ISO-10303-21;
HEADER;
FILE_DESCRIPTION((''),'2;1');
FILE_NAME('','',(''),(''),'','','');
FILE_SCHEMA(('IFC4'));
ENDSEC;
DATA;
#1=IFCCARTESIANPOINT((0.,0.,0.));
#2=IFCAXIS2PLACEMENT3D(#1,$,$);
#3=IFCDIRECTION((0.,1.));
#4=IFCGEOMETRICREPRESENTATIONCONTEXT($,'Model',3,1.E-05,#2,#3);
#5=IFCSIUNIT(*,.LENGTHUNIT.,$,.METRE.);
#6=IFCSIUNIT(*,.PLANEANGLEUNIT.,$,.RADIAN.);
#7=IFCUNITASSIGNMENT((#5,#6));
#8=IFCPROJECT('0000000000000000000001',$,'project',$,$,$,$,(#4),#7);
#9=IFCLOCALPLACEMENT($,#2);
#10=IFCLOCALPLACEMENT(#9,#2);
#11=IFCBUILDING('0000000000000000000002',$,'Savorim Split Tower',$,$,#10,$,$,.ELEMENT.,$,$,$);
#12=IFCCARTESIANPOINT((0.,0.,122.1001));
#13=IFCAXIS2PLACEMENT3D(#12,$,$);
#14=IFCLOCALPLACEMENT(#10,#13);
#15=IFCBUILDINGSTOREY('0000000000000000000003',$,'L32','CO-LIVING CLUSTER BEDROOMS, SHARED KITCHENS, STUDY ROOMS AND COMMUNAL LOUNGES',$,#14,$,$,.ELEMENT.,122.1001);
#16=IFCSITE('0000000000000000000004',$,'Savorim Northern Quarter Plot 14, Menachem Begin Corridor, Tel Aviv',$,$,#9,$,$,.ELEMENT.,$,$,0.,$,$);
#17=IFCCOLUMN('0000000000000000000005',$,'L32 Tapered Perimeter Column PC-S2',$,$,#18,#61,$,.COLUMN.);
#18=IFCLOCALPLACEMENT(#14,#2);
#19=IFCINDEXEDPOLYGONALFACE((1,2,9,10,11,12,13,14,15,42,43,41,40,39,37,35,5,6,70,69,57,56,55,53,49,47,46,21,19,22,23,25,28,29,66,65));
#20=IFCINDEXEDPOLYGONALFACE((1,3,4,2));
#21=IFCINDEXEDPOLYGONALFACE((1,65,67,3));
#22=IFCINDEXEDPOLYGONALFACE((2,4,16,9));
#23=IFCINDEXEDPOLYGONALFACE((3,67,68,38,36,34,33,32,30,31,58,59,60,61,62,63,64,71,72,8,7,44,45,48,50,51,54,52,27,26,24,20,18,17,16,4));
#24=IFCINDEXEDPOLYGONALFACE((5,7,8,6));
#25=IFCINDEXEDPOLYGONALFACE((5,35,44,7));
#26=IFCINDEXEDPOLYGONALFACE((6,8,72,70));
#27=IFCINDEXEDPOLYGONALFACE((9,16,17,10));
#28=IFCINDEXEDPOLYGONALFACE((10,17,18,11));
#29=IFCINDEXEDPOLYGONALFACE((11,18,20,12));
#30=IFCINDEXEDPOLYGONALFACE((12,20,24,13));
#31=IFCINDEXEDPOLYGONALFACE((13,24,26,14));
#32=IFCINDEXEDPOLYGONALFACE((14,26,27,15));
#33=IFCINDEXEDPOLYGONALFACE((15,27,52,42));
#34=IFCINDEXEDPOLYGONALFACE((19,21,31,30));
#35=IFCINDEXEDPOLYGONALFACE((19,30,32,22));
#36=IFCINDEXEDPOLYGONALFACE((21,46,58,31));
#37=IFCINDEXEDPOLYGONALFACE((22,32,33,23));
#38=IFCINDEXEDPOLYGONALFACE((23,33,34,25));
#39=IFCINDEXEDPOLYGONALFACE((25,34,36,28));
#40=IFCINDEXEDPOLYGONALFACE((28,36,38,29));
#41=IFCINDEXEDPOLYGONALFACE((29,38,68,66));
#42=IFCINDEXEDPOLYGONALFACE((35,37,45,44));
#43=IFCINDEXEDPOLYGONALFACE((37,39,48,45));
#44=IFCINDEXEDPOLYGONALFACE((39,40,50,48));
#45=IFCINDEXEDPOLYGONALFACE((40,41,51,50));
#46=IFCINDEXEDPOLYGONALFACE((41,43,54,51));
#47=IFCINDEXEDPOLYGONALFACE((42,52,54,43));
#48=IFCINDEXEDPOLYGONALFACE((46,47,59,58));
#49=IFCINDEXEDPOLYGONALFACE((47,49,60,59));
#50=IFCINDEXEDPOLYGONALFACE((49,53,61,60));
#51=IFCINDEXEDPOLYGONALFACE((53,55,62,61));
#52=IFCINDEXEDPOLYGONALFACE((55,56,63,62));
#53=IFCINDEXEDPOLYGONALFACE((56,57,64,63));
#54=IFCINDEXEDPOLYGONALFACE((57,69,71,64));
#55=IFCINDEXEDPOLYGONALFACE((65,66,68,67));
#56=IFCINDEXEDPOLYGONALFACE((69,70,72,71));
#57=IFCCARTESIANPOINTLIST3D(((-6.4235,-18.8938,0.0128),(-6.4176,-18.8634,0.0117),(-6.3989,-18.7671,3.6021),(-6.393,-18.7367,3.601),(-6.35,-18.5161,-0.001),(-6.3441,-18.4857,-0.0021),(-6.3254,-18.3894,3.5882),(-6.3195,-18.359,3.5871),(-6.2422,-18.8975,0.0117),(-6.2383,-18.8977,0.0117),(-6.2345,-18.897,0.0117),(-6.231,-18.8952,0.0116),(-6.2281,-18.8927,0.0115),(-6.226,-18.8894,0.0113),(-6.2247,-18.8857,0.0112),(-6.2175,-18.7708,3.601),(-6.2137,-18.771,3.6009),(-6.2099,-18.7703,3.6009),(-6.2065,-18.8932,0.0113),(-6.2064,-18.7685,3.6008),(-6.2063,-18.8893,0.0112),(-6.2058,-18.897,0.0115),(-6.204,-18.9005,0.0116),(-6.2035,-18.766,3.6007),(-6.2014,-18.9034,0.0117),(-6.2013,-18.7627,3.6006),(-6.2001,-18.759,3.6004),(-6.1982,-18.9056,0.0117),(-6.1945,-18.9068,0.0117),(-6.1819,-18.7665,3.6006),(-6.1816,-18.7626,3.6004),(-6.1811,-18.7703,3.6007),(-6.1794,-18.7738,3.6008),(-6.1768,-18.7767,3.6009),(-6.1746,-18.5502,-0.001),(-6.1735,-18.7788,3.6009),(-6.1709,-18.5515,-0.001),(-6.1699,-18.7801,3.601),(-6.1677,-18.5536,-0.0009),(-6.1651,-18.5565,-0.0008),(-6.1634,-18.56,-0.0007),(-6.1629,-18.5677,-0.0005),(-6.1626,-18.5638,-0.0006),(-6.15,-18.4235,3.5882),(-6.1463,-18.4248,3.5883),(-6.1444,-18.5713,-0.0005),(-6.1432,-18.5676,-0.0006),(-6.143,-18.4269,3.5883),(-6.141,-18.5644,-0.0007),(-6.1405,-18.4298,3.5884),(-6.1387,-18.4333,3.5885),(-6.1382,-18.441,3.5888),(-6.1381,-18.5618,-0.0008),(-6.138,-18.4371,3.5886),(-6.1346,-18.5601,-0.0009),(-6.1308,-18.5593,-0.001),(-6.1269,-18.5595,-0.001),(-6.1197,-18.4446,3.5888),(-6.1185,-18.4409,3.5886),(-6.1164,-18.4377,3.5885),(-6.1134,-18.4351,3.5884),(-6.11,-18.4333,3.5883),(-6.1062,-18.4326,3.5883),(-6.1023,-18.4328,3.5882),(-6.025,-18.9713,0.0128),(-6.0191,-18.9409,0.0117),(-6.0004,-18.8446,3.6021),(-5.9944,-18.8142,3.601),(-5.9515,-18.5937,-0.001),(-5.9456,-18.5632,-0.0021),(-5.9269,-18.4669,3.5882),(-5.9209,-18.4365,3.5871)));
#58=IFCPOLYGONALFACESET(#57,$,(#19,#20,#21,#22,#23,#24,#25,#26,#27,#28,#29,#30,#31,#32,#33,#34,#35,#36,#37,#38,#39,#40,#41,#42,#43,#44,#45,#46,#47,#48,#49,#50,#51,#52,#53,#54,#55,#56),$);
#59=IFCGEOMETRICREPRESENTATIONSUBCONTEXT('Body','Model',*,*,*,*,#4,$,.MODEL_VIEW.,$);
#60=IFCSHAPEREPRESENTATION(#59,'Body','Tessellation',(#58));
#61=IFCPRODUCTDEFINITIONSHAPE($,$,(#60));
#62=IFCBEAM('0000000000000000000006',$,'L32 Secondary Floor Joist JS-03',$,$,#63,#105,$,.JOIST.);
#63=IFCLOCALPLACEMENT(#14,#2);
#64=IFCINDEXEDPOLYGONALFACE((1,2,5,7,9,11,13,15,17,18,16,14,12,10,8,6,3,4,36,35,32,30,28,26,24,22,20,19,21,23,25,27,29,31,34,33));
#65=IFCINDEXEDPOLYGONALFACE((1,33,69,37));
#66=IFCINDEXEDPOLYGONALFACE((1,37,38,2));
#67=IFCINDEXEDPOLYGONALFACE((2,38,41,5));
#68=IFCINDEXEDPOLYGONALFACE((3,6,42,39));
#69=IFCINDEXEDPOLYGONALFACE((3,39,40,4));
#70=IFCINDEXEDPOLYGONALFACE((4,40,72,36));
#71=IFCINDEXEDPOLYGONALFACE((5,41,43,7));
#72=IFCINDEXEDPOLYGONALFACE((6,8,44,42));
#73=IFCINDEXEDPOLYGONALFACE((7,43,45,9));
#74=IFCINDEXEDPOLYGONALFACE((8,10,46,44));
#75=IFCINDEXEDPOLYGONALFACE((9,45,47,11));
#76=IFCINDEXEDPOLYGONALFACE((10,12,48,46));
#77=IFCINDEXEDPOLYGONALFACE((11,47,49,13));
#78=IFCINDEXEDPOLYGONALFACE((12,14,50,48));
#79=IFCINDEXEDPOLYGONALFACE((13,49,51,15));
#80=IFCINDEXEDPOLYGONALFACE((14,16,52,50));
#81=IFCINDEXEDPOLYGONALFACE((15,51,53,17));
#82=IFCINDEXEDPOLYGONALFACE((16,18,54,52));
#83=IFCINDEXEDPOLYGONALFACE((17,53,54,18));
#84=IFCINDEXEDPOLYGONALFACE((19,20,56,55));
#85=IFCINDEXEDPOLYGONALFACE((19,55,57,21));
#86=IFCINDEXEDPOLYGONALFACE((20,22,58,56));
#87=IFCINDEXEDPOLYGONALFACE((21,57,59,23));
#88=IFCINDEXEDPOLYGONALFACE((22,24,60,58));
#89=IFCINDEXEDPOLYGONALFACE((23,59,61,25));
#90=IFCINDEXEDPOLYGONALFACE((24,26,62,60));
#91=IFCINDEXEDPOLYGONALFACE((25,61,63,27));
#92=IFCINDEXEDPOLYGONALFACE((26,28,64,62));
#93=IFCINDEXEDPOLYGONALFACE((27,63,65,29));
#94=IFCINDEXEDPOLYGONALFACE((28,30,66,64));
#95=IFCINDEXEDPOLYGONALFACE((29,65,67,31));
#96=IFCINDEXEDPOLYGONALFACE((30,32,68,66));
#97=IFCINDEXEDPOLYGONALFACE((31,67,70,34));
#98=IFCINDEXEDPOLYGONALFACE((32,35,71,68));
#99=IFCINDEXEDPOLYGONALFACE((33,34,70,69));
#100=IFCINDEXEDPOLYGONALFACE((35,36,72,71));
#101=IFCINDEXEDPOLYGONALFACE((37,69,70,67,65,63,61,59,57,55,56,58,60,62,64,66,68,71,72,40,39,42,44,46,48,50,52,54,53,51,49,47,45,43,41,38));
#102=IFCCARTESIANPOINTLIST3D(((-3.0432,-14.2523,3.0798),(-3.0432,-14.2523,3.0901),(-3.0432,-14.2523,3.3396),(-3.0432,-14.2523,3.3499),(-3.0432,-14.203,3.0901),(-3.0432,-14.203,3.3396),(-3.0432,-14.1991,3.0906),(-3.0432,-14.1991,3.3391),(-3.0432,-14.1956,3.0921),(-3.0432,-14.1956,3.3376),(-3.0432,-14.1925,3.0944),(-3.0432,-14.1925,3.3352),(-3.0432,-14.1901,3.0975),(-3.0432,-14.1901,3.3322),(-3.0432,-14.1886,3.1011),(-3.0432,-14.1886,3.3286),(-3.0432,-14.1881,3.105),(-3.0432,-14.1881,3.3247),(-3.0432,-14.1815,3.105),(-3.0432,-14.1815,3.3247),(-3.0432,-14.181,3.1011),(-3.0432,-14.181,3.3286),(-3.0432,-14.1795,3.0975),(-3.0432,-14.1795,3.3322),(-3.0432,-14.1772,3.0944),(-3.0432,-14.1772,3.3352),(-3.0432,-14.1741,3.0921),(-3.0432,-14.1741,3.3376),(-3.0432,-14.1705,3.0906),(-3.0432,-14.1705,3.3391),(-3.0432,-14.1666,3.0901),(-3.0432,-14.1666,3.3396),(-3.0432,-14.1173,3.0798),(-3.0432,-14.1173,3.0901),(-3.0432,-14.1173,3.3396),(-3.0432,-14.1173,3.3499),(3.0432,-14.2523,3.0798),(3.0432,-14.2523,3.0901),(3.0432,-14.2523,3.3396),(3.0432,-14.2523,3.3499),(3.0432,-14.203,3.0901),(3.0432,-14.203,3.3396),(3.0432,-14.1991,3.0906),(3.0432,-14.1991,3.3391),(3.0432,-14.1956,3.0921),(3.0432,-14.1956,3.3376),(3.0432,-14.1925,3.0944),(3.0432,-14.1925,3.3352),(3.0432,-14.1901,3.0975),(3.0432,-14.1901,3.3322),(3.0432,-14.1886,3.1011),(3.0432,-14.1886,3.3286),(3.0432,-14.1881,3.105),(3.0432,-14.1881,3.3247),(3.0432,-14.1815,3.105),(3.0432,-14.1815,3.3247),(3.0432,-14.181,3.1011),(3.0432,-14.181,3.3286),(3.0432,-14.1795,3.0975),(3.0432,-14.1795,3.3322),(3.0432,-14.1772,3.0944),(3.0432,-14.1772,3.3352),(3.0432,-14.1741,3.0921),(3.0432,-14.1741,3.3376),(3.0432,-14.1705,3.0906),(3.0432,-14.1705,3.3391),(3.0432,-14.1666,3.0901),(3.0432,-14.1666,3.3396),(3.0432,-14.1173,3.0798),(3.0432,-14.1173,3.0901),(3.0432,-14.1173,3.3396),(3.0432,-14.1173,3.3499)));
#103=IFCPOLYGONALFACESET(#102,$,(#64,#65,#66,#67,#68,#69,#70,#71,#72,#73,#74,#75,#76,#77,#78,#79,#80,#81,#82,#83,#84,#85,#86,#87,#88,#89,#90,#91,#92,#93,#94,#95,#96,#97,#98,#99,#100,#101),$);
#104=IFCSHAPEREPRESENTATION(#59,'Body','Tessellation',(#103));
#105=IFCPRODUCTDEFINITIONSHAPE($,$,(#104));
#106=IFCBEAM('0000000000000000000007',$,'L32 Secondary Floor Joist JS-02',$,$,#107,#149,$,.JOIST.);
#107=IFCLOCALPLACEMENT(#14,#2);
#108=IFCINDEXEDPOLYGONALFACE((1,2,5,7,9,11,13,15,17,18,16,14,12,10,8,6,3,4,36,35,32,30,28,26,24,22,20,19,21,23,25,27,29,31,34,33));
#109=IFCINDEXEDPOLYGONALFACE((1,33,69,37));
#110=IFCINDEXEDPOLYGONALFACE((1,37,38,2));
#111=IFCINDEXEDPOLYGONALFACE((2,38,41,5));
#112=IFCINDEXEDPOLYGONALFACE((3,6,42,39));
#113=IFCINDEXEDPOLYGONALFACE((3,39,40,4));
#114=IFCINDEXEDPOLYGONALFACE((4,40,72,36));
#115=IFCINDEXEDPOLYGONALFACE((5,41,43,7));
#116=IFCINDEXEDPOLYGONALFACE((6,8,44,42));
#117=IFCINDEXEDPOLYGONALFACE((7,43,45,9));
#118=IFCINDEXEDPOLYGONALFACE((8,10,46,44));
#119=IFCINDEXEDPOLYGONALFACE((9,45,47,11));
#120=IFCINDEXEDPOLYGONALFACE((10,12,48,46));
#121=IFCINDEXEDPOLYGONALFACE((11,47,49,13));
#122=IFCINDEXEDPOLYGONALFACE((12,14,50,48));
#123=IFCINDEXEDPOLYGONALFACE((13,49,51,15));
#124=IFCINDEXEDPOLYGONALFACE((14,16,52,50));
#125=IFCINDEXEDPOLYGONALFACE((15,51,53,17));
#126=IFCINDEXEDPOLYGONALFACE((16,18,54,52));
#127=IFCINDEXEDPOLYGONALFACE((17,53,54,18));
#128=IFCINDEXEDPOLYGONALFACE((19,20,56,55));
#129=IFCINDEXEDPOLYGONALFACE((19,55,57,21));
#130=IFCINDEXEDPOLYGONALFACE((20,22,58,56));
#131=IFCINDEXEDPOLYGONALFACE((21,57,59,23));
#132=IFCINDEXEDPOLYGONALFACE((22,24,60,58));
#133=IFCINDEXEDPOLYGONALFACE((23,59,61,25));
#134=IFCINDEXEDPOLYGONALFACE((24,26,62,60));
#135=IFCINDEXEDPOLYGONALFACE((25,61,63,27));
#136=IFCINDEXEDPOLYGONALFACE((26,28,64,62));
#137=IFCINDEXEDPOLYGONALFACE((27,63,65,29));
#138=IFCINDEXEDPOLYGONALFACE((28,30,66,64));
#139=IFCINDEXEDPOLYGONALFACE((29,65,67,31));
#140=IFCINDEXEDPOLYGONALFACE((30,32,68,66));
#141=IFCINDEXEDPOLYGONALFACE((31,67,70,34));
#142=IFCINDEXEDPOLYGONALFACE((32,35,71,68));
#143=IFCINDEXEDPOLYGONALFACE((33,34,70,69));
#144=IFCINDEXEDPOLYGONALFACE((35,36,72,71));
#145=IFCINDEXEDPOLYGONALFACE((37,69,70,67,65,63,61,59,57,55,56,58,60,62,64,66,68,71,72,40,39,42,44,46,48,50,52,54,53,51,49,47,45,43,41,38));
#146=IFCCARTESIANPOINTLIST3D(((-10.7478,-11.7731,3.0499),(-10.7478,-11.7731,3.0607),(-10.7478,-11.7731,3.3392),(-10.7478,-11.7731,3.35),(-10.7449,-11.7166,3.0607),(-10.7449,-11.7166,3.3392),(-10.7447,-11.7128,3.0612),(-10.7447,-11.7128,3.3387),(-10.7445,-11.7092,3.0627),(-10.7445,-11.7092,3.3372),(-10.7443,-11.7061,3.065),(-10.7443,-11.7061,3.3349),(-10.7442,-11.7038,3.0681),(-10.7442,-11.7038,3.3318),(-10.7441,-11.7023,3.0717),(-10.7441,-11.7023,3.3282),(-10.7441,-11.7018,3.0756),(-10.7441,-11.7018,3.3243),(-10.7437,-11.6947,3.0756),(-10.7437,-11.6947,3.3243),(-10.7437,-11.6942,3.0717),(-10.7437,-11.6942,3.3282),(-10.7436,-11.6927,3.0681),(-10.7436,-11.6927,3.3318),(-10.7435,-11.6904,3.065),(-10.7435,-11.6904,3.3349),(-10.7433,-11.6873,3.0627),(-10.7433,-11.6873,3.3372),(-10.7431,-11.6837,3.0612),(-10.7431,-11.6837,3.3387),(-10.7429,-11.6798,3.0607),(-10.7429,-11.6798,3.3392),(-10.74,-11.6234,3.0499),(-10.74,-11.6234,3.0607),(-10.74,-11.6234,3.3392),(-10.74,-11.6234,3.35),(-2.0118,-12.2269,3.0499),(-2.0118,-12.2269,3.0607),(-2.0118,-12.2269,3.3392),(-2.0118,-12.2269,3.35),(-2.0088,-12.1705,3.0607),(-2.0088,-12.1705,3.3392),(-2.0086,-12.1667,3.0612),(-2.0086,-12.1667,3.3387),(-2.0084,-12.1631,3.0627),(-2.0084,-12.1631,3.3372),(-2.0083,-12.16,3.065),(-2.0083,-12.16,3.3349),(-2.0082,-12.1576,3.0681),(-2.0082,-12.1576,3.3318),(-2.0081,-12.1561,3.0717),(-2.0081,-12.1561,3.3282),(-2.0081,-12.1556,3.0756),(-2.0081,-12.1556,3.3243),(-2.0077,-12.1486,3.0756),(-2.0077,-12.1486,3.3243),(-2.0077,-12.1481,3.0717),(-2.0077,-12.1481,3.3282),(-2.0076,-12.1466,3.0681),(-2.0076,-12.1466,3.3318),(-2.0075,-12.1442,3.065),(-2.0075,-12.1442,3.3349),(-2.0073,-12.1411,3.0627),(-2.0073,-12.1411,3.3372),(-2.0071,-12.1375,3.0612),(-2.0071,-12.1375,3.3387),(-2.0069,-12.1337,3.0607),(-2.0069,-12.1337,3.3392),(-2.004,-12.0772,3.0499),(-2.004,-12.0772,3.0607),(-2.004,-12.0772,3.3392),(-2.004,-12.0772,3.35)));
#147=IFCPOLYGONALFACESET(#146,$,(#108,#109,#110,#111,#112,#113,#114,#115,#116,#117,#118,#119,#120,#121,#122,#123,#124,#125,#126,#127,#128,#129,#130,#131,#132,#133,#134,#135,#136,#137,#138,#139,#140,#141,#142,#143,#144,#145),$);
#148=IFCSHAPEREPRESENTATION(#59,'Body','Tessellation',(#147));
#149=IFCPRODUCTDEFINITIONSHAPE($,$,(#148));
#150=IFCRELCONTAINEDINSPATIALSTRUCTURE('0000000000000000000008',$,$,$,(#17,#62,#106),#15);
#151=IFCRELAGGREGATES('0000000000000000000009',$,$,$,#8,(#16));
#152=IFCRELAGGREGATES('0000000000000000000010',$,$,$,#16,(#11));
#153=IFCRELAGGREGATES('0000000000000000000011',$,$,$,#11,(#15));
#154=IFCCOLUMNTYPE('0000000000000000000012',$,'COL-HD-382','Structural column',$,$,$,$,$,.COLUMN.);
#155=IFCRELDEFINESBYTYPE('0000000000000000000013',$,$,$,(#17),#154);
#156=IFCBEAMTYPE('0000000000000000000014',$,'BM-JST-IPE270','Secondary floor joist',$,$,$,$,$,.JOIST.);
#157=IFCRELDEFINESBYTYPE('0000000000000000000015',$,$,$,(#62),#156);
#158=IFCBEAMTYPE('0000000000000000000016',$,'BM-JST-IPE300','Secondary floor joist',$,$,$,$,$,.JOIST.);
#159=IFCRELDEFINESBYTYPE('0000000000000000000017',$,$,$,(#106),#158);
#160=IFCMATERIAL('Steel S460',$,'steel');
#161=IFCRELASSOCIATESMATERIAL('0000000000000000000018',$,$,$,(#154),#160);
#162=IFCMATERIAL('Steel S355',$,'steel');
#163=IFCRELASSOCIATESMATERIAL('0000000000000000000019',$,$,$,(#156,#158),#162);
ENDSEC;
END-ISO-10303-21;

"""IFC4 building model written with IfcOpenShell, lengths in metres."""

from ifc_helpers import new_model, si_unit, direction, frame, origin, origin_2d, place, context, subcontext, project, spatial, i_section, extrude, material, material_profile, profile_set, type_object, element, save


model = new_model("IFC4")

# Units and contexts
model_context = context("Model", 3, precision=1e-05, world=origin(), true_north=direction((0.0, 1.0)))
body_context = subcontext(model_context, "Body", "Model", "MODEL_VIEW")
ifc_project = project(units=[si_unit("LENGTHUNIT", "METRE"), si_unit("PLANEANGLEUNIT", "RADIAN")], contexts=[model_context])

# Site, building, storey
site_placement = place(None, origin())
site = spatial("IfcSite", under=ifc_project, at=site_placement, Name="Savorim Northern Quarter Plot 14, Menachem Begin Corridor, Tel Aviv", CompositionType="ELEMENT", RefElevation=0.0)
building_placement = place(site_placement, origin())
building = spatial("IfcBuilding", under=site, at=building_placement, Name="Savorim Split Tower", CompositionType="ELEMENT")
storey_placement = place(building_placement, frame((0.0, 0.0, 122.1001)))
storey = spatial("IfcBuildingStorey", under=building, at=storey_placement, Name="L32", Description="CO-LIVING CLUSTER BEDROOMS, SHARED KITCHENS, STUDY ROOMS AND COMMUNAL LOUNGES", CompositionType="ELEMENT", Elevation=122.1001)

# Column
ifc_material_1 = material(Name="Steel S460", Category="steel")
ifc_material_profile_1 = material_profile(ifc_material_1, i_section(OverallWidth=0.406, OverallDepth=0.416, WebThickness=0.0188, FlangeThickness=0.031, FilletRadius=0.0149, at=origin_2d()), Name="HD 400x382")
ifc_profile_set_1 = profile_set([ifc_material_profile_1], Name="Steel S460")
column_type = type_object("IfcColumnType", Name="COL-HD-382", Description="Structural column", PredefinedType="COLUMN", material=ifc_profile_set_1)
column_placement = place(storey_placement, frame((-6.1846, -18.7285, 0.0054), z_axis=(0.006866, 0.035281, 0.999354), x_axis=(-0.981586, 0.191022, 0.0)))
element("IfcColumn", 1, at=column_placement, inside=storey, type_object=column_type, Name="L32 Tapered Perimeter Column PC-S2", PredefinedType="COLUMN", context=body_context, shape_type="SweptSolid", body=[
    extrude(i_section(OverallWidth=0.406, OverallDepth=0.416, WebThickness=0.0188, FlangeThickness=0.031, FilletRadius=0.0149, at=origin_2d()), origin(), (0.0, 0.0, 1.0), 3.5916),
])

# Beams
ifc_material_2 = material(Name="Steel S355", Category="steel")
ifc_material_profile_2 = material_profile(ifc_material_2, i_section(OverallWidth=0.135, OverallDepth=0.27, WebThickness=0.0066, FlangeThickness=0.0103, FilletRadius=0.0149, at=origin_2d()), Name="IPE 270")
ifc_profile_set_2 = profile_set([ifc_material_profile_2], Name="Steel S355")
beam_type_1 = type_object("IfcBeamType", Name="BM-JST-IPE270", Description="Secondary floor joist", PredefinedType="JOIST", material=ifc_profile_set_2)
beam_1_placement = place(storey_placement, frame((-3.0432, -14.1848, 3.2148), z_axis=(1.0, 0.0, 0.0), x_axis=(0.0, 1.0, 0.0)))
element("IfcBeam", 2, at=beam_1_placement, inside=storey, type_object=beam_type_1, Name="L32 Secondary Floor Joist JS-03", PredefinedType="JOIST", context=body_context, shape_type="SweptSolid", body=[
    extrude(i_section(OverallWidth=0.135, OverallDepth=0.27, WebThickness=0.0066, FlangeThickness=0.0103, FilletRadius=0.0149, at=origin_2d()), origin(), (0.0, 0.0, 1.0), 6.0864),
])
ifc_material_profile_3 = material_profile(ifc_material_2, i_section(OverallWidth=0.1499, OverallDepth=0.3, WebThickness=0.0071, FlangeThickness=0.0107, FilletRadius=0.0149, at=origin_2d()), Name="IPE 300")
ifc_profile_set_3 = profile_set([ifc_material_profile_3], Name="Steel S355")
beam_type_2 = type_object("IfcBeamType", Name="BM-JST-IPE300", Description="Secondary floor joist", PredefinedType="JOIST", material=ifc_profile_set_3)
beam_2_placement = place(storey_placement, frame((-10.7439, -11.6982, 3.2), z_axis=(0.998653, -0.051882, 0.0), x_axis=(0.051882, 0.998653, 0.0)))
element("IfcBeam", 3, at=beam_2_placement, inside=storey, type_object=beam_type_2, Name="L32 Secondary Floor Joist JS-02", PredefinedType="JOIST", context=body_context, shape_type="SweptSolid", body=[
    extrude(i_section(OverallWidth=0.1499, OverallDepth=0.3, WebThickness=0.0071, FlangeThickness=0.0107, FilletRadius=0.0149, at=origin_2d()), origin(), (0.0, 0.0, 1.0), 8.7478),
])

save(model, "model.ifc")
